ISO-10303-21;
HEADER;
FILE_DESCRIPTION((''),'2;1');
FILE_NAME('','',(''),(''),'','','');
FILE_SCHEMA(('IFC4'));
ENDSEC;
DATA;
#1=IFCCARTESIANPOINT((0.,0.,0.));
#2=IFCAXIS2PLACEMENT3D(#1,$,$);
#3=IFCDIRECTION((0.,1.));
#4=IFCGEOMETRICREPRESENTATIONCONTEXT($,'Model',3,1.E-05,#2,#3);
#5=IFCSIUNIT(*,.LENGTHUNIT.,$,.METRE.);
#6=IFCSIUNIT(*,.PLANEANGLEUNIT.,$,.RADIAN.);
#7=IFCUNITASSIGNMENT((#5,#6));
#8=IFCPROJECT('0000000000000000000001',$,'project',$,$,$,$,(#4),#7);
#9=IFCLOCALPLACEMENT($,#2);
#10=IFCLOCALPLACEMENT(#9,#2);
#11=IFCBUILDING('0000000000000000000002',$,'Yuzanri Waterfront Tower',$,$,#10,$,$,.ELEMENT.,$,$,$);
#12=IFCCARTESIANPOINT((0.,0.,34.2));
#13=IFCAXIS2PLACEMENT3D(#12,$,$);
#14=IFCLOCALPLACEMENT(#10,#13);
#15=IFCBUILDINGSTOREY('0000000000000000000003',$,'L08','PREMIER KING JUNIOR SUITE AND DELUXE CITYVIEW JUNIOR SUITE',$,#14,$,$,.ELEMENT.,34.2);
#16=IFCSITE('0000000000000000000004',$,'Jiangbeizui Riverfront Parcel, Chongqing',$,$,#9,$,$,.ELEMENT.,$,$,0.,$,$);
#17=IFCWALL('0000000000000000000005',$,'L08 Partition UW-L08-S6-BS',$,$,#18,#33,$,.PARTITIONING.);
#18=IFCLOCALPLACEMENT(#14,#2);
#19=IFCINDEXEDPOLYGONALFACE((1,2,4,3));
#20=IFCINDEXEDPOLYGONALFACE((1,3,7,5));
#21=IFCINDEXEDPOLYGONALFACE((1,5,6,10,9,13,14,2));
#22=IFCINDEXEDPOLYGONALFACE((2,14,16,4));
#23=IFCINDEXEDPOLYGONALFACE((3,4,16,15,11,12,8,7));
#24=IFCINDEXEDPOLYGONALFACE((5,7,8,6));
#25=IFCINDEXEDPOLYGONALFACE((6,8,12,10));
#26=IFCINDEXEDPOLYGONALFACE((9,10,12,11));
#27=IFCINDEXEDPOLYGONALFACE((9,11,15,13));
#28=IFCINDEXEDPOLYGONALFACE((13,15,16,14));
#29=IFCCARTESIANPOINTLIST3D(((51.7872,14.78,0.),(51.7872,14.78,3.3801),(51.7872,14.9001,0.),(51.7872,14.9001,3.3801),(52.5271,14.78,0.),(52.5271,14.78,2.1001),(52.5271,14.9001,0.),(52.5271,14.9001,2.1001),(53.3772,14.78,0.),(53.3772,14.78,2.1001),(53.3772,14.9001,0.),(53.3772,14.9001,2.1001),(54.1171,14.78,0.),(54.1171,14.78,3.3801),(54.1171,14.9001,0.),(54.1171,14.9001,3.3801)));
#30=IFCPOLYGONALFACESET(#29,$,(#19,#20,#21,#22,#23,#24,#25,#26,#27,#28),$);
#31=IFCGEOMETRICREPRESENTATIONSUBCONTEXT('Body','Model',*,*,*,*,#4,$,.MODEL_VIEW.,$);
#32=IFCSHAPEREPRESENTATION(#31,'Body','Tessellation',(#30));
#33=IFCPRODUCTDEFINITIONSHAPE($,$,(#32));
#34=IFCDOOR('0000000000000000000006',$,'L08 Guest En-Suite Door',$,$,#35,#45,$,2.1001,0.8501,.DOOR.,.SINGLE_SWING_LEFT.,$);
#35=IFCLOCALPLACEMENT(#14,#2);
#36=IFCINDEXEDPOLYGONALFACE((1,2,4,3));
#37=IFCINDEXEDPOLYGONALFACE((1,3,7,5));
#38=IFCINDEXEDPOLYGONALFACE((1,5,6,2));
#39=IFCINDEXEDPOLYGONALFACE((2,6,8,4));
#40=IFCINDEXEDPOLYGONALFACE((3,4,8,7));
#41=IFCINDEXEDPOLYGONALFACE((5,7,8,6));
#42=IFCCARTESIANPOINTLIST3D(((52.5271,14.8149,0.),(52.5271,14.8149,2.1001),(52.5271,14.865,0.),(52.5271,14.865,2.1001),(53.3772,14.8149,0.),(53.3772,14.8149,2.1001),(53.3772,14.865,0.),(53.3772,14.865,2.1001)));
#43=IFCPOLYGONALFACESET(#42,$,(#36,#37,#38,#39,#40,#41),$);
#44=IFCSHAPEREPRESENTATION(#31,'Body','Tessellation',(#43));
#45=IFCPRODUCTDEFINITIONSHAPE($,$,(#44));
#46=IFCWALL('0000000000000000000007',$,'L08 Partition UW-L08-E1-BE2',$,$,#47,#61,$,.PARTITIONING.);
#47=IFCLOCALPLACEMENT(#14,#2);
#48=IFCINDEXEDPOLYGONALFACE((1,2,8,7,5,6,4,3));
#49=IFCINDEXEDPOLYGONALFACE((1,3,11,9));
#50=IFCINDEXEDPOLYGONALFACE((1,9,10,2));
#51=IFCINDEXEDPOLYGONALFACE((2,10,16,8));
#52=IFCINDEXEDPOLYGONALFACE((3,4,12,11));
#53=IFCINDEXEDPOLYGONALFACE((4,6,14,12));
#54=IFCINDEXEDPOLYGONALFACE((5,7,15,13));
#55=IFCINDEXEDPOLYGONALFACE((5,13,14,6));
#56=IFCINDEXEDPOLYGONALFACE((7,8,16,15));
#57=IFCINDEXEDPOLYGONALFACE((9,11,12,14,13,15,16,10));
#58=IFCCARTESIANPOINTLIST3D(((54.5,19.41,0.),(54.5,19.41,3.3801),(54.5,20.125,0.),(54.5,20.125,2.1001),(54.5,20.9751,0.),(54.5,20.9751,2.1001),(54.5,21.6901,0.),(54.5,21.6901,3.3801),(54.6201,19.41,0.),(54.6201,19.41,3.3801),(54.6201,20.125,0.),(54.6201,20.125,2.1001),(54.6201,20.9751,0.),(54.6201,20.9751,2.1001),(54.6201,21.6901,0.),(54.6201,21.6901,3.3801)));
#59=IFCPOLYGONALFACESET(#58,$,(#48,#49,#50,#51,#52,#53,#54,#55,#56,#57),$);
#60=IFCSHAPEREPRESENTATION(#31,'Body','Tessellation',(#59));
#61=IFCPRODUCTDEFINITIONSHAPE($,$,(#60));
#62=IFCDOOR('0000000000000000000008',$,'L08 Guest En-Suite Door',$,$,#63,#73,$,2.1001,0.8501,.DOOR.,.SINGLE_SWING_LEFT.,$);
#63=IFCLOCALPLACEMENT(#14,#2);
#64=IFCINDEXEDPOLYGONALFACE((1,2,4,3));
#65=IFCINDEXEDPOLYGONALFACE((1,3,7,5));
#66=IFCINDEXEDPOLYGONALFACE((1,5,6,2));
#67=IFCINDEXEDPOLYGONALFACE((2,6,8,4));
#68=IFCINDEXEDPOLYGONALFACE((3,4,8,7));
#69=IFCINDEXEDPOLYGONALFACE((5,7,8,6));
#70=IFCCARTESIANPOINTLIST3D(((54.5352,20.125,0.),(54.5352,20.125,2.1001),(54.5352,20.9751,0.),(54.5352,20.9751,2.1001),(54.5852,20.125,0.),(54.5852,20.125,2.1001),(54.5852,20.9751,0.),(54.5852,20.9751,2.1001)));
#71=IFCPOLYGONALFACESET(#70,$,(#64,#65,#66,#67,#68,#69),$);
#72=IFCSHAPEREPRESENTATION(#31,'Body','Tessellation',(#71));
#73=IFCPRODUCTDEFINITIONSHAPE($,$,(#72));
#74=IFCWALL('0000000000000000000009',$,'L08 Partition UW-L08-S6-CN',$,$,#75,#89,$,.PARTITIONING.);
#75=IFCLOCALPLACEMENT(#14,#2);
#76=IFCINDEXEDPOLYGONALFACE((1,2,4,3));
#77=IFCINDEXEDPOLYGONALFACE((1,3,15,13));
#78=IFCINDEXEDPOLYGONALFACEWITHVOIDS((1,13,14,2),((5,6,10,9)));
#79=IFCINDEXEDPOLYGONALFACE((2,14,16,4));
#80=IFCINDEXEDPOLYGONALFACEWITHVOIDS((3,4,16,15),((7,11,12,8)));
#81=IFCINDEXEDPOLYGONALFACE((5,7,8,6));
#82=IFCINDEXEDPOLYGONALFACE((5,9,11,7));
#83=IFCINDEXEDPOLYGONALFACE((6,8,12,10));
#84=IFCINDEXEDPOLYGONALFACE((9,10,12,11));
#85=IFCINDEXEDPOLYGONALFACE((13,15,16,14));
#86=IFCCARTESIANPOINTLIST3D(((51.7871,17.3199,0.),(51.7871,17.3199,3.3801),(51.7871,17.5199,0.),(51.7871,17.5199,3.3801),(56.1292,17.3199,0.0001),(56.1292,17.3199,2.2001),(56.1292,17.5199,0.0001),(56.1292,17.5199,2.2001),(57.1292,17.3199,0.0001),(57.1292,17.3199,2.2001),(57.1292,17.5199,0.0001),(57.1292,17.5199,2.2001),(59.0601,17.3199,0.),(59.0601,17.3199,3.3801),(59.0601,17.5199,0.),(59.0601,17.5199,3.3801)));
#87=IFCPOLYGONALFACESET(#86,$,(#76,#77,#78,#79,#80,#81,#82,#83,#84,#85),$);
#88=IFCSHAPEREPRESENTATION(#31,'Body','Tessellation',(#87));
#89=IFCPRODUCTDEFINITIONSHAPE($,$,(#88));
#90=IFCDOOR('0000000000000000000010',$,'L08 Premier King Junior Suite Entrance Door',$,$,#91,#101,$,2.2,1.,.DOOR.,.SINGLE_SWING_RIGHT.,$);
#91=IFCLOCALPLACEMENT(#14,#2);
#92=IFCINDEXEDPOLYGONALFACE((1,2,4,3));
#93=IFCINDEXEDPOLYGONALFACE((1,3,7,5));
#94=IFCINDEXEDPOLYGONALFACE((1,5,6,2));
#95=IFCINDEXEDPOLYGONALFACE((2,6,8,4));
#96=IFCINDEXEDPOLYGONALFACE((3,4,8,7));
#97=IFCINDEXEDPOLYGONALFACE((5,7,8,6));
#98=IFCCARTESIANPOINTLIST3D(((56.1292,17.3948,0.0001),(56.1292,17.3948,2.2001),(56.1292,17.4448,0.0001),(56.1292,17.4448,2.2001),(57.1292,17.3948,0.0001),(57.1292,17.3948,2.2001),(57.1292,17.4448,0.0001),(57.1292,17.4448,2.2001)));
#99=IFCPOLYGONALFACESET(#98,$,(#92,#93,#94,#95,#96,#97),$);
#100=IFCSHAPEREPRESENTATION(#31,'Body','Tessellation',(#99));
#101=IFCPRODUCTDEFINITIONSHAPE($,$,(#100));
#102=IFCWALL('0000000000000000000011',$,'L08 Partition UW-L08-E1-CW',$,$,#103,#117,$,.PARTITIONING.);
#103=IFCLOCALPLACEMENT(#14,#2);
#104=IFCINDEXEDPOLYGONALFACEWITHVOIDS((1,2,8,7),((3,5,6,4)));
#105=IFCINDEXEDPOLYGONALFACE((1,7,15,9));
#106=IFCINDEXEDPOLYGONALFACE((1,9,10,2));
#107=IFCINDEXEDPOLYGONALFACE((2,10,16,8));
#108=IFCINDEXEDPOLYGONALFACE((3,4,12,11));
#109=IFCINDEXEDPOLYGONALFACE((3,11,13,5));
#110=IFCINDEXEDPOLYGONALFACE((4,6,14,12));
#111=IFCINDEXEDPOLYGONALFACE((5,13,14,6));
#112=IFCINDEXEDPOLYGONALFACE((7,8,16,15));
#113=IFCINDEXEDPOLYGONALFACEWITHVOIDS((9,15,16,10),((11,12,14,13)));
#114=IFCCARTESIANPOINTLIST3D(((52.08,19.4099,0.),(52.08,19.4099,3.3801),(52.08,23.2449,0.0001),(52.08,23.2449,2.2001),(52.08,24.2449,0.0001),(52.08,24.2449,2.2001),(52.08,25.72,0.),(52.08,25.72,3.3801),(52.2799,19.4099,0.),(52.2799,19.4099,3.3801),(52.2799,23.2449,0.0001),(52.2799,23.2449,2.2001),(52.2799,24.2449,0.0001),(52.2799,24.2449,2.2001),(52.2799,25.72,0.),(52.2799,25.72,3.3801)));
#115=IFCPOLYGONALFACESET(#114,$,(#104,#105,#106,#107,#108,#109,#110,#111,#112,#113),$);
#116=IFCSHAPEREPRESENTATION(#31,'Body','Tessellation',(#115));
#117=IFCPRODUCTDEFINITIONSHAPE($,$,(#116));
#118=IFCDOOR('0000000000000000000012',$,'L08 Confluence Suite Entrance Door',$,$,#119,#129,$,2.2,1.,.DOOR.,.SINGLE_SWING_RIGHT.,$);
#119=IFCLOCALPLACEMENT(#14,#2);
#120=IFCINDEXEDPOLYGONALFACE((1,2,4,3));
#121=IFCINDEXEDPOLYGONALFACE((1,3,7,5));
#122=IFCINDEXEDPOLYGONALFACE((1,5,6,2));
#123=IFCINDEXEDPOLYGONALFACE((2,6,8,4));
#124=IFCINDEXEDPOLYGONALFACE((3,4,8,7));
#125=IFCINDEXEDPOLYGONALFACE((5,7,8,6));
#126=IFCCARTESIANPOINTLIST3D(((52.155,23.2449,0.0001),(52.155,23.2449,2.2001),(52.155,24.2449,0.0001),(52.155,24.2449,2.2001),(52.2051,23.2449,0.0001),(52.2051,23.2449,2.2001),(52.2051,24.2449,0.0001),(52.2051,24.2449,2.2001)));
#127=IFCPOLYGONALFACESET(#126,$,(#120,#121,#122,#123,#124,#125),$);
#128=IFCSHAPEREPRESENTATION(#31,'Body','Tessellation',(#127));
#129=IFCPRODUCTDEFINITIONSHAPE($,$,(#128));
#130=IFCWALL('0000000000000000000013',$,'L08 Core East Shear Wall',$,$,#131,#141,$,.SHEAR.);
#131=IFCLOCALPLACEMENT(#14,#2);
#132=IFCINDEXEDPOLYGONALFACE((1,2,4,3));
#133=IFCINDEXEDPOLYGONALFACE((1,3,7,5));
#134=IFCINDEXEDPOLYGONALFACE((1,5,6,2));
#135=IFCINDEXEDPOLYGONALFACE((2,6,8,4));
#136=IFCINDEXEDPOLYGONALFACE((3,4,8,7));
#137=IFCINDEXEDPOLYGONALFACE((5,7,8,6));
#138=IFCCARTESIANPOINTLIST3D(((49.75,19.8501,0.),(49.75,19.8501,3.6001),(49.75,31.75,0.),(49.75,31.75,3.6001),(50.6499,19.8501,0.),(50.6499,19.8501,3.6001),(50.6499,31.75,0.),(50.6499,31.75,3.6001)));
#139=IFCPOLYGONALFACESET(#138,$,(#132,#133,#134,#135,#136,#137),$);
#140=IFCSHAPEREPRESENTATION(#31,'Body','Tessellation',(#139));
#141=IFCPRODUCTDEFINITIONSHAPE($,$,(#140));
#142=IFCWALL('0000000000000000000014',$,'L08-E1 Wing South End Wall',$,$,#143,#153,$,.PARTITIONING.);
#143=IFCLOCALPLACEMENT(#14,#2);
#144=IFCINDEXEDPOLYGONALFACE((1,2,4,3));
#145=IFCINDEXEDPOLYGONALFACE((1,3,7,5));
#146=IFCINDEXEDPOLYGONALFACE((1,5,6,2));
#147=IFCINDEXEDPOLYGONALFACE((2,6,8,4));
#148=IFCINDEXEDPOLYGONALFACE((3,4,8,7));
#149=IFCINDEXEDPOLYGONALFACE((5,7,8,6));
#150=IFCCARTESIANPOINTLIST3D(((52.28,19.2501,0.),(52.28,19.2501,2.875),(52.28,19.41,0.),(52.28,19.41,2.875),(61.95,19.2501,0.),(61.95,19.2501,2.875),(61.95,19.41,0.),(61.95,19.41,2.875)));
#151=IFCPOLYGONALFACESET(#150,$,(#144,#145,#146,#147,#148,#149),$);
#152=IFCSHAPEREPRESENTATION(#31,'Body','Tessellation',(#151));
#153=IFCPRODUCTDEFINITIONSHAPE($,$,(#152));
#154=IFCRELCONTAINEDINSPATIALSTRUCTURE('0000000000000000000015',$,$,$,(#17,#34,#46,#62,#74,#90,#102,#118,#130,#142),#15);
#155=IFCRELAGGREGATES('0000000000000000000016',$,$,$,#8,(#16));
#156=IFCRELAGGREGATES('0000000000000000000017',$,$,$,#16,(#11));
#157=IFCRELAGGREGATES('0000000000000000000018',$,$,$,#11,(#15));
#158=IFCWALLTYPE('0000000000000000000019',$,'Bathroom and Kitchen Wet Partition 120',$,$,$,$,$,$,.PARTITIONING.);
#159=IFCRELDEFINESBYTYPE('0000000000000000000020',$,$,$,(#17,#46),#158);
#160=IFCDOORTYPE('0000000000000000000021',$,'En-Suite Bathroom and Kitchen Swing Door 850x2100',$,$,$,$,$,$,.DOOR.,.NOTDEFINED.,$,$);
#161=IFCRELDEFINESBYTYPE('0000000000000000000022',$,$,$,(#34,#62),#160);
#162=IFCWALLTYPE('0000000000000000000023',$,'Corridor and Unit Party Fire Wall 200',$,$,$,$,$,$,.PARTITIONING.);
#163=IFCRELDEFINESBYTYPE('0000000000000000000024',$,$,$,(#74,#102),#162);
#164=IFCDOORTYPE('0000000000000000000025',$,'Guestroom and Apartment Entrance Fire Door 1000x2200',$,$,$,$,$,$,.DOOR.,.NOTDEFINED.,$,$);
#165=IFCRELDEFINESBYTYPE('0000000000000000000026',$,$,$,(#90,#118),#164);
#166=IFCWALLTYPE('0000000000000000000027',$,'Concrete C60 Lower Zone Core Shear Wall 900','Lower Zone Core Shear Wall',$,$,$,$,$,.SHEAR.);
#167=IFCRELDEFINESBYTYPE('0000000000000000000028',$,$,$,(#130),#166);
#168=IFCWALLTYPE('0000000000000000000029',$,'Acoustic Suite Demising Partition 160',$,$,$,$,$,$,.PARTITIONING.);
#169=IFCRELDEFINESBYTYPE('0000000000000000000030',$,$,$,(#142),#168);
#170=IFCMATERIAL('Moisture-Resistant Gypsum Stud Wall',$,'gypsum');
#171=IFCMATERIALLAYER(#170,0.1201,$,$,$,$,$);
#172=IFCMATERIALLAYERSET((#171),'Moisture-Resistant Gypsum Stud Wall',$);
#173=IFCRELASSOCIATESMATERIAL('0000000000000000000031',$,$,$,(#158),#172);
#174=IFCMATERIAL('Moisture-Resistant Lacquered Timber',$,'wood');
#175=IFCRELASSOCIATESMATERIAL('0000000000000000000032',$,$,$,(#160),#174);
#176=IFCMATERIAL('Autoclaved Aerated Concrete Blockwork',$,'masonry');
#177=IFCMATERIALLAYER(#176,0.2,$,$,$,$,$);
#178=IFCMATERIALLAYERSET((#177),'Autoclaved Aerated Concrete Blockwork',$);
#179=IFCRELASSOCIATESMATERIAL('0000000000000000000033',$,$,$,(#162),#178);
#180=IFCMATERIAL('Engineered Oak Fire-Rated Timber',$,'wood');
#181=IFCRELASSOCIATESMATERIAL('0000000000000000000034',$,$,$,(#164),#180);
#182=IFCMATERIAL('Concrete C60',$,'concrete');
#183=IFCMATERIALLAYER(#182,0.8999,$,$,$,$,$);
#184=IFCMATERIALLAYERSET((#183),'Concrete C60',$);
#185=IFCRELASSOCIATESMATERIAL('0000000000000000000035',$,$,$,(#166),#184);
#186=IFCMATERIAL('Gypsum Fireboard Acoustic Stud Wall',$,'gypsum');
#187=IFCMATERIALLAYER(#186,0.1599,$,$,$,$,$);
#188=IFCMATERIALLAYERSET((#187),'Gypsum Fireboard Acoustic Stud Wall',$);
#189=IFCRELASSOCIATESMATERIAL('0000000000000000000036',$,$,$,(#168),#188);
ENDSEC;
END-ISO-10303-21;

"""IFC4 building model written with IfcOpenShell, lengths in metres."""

from ifc_helpers import new_model, si_unit, direction, frame, frame_2d, origin, place, context, subcontext, project, spatial, rectangle, extrude, source, transform, mapped, material, layer, layer_set, type_object, element, fill, save


model = new_model("IFC4")

# Units and contexts
model_context = context("Model", 3, precision=1e-05, world=origin(), true_north=direction((0.0, 1.0)))
body_context = subcontext(model_context, "Body", "Model", "MODEL_VIEW")
ifc_project = project(units=[si_unit("LENGTHUNIT", "METRE"), si_unit("PLANEANGLEUNIT", "RADIAN")], contexts=[model_context])

# Site, building, storey
site_placement = place(None, origin())
site = spatial("IfcSite", under=ifc_project, at=site_placement, Name="Jiangbeizui Riverfront Parcel, Chongqing", CompositionType="ELEMENT", RefElevation=0.0)
building_placement = place(site_placement, origin())
building = spatial("IfcBuilding", under=site, at=building_placement, Name="Yuzanri Waterfront Tower", CompositionType="ELEMENT")
storey_placement = place(building_placement, frame((0.0, 0.0, 34.2)))
storey = spatial("IfcBuildingStorey", under=building, at=storey_placement, Name="L08", Description="PREMIER KING JUNIOR SUITE AND DELUXE CITYVIEW JUNIOR SUITE", CompositionType="ELEMENT", Elevation=34.2)

# Walls, openings, doors
ifc_material_1 = material(Name="Moisture-Resistant Gypsum Stud Wall", Category="gypsum")
ifc_layer_1 = layer(ifc_material_1, 0.1201)
ifc_layer_set_1 = layer_set([ifc_layer_1], Name="Moisture-Resistant Gypsum Stud Wall")
wall_type_1 = type_object("IfcWallType", Name="Bathroom and Kitchen Wet Partition 120", PredefinedType="PARTITIONING", material=ifc_layer_set_1)
wall_1_placement = place(storey_placement, frame((51.7871, 14.8401, 0.0), z_axis=(0.0, 0.0, 1.0), x_axis=(1.0, 0.0, 0.0)))
wall_1 = element("IfcWall", 1, at=wall_1_placement, inside=storey, type_object=wall_type_1, Name="L08 Partition UW-L08-S6-BS", PredefinedType="PARTITIONING", context=body_context, shape_type="SweptSolid", body=[
    extrude(rectangle(XDim=2.3298, YDim=0.1201, at=frame_2d((1.165, 0.0))), origin(), (0.0, 0.0, 1.0), 3.3801),
])
opening_1_placement = place(wall_1_placement, frame((0.74, 0.0, 0.0)))
opening_1 = element("IfcOpeningElement", 2, at=opening_1_placement, cuts=wall_1, PredefinedType="OPENING", context=body_context, shape_type="SweptSolid", body=[
    extrude(rectangle(XDim=0.8501, YDim=2.1001, at=frame_2d((0.425, 1.05))), frame((0.0, 0.075, 0.0), z_axis=(0.0, -1.0, 0.0), x_axis=(1.0, 0.0, 0.0)), (0.0, 0.0, 1.0), 0.1499),
])
ifc_material_2 = material(Name="Moisture-Resistant Lacquered Timber", Category="wood")
door_type_1 = type_object("IfcDoorType", Name="En-Suite Bathroom and Kitchen Swing Door 850x2100", OperationType="NOTDEFINED", PredefinedType="DOOR", material=ifc_material_2)
shared_shape_1 = source(origin(), body_context, "Body", "SweptSolid", [
    extrude(rectangle(XDim=0.8501, YDim=2.1001, at=frame_2d((0.425, 1.05))), frame((0.0, 0.0249, 0.0), z_axis=(0.0, -1.0, 0.0), x_axis=(1.0, 0.0, 0.0)), (0.0, 0.0, 1.0), 0.05),
])
door_1_placement = place(opening_1_placement, origin())
door_1 = element("IfcDoor", 3, at=door_1_placement, inside=storey, type_object=door_type_1, Name="L08 Guest En-Suite Door", OperationType="SINGLE_SWING_LEFT", OverallHeight=2.1001, OverallWidth=0.8501, PredefinedType="DOOR", context=body_context, shape_type="MappedRepresentation", body=[
    mapped(shared_shape_1, transform((0.0, 0.0, 0.0), scale=1.0)),
])
fill(opening_1, door_1)
wall_2_placement = place(storey_placement, frame((54.5601, 19.4099, 0.0), z_axis=(0.0, 0.0, 1.0), x_axis=(0.0, 1.0, 0.0)))
wall_2 = element("IfcWall", 4, at=wall_2_placement, inside=storey, type_object=wall_type_1, Name="L08 Partition UW-L08-E1-BE2", PredefinedType="PARTITIONING", context=body_context, shape_type="SweptSolid", body=[
    extrude(rectangle(XDim=2.28, YDim=0.1201, at=frame_2d((1.1401, 0.0))), origin(), (0.0, 0.0, 1.0), 3.3801),
])
opening_2_placement = place(wall_2_placement, frame((0.7151, 0.0, 0.0)))
opening_2 = element("IfcOpeningElement", 5, at=opening_2_placement, cuts=wall_2, PredefinedType="OPENING", context=body_context, shape_type="SweptSolid", body=[
    extrude(rectangle(XDim=0.8501, YDim=2.1001, at=frame_2d((0.425, 1.05))), frame((0.0, 0.075, 0.0), z_axis=(0.0, -1.0, 0.0), x_axis=(1.0, 0.0, 0.0)), (0.0, 0.0, 1.0), 0.1499),
])
door_2_placement = place(opening_2_placement, origin())
door_2 = element("IfcDoor", 6, at=door_2_placement, inside=storey, type_object=door_type_1, Name="L08 Guest En-Suite Door", OperationType="SINGLE_SWING_LEFT", OverallHeight=2.1001, OverallWidth=0.8501, PredefinedType="DOOR", context=body_context, shape_type="MappedRepresentation", body=[
    mapped(shared_shape_1, transform((0.0, 0.0, 0.0), scale=1.0)),
])
fill(opening_2, door_2)
ifc_material_3 = material(Name="Autoclaved Aerated Concrete Blockwork", Category="masonry")
ifc_layer_2 = layer(ifc_material_3, 0.2)
ifc_layer_set_2 = layer_set([ifc_layer_2], Name="Autoclaved Aerated Concrete Blockwork")
wall_type_2 = type_object("IfcWallType", Name="Corridor and Unit Party Fire Wall 200", PredefinedType="PARTITIONING", material=ifc_layer_set_2)
wall_3_placement = place(storey_placement, frame((51.7871, 17.4199, 0.0), z_axis=(0.0, 0.0, 1.0), x_axis=(1.0, 0.0, 0.0)))
wall_3 = element("IfcWall", 7, at=wall_3_placement, inside=storey, type_object=wall_type_2, Name="L08 Partition UW-L08-S6-CN", PredefinedType="PARTITIONING", context=body_context, shape_type="SweptSolid", body=[
    extrude(rectangle(XDim=7.2729, YDim=0.2, at=frame_2d((3.6365, 0.0))), origin(), (0.0, 0.0, 1.0), 3.3801),
])
opening_3_placement = place(wall_3_placement, frame((4.342, 0.0, 0.0)))
opening_3 = element("IfcOpeningElement", 8, at=opening_3_placement, cuts=wall_3, PredefinedType="OPENING", context=body_context, shape_type="SweptSolid", body=[
    extrude(rectangle(XDim=1.0, YDim=2.2, at=frame_2d((0.5, 1.1001))), frame((0.0, 0.1147, 0.0), z_axis=(0.0, -1.0, 0.0), x_axis=(1.0, 0.0, 0.0)), (0.0, 0.0, 1.0), 0.2297),
])
ifc_material_4 = material(Name="Engineered Oak Fire-Rated Timber", Category="wood")
door_type_2 = type_object("IfcDoorType", Name="Guestroom and Apartment Entrance Fire Door 1000x2200", OperationType="NOTDEFINED", PredefinedType="DOOR", material=ifc_material_4)
shared_shape_2 = source(origin(), body_context, "Body", "SweptSolid", [
    extrude(rectangle(XDim=1.0, YDim=2.2, at=frame_2d((0.5, 1.1001))), frame((0.0, 0.0249, 0.0), z_axis=(0.0, -1.0, 0.0), x_axis=(1.0, 0.0, 0.0)), (0.0, 0.0, 1.0), 0.05),
])
door_3_placement = place(opening_3_placement, origin())
door_3 = element("IfcDoor", 9, at=door_3_placement, inside=storey, type_object=door_type_2, Name="L08 Premier King Junior Suite Entrance Door", OperationType="SINGLE_SWING_RIGHT", OverallHeight=2.2, OverallWidth=1.0, PredefinedType="DOOR", context=body_context, shape_type="MappedRepresentation", body=[
    mapped(shared_shape_2, transform((0.0, 0.0, 0.0), scale=1.0)),
])
fill(opening_3, door_3)
wall_4_placement = place(storey_placement, frame((52.1799, 19.4099, 0.0), z_axis=(0.0, 0.0, 1.0), x_axis=(0.0, 1.0, 0.0)))
wall_4 = element("IfcWall", 10, at=wall_4_placement, inside=storey, type_object=wall_type_2, Name="L08 Partition UW-L08-E1-CW", PredefinedType="PARTITIONING", context=body_context, shape_type="SweptSolid", body=[
    extrude(rectangle(XDim=6.3101, YDim=0.2, at=frame_2d((3.155, 0.0))), origin(), (0.0, 0.0, 1.0), 3.3801),
])
opening_4_placement = place(wall_4_placement, frame((3.835, 0.0, 0.0)))
opening_4 = element("IfcOpeningElement", 11, at=opening_4_placement, cuts=wall_4, PredefinedType="OPENING", context=body_context, shape_type="SweptSolid", body=[
    extrude(rectangle(XDim=1.0, YDim=2.2, at=frame_2d((0.5, 1.1001))), frame((0.0, 0.1147, 0.0), z_axis=(0.0, -1.0, 0.0), x_axis=(1.0, 0.0, 0.0)), (0.0, 0.0, 1.0), 0.2297),
])
door_4_placement = place(opening_4_placement, origin())
door_4 = element("IfcDoor", 12, at=door_4_placement, inside=storey, type_object=door_type_2, Name="L08 Confluence Suite Entrance Door", OperationType="SINGLE_SWING_RIGHT", OverallHeight=2.2, OverallWidth=1.0, PredefinedType="DOOR", context=body_context, shape_type="MappedRepresentation", body=[
    mapped(shared_shape_2, transform((0.0, 0.0, 0.0), scale=1.0)),
])
fill(opening_4, door_4)

# Walls
ifc_material_5 = material(Name="Concrete C60", Category="concrete")
ifc_layer_3 = layer(ifc_material_5, 0.8999)
ifc_layer_set_3 = layer_set([ifc_layer_3], Name="Concrete C60")
wall_type_3 = type_object("IfcWallType", Name="Concrete C60 Lower Zone Core Shear Wall 900", Description="Lower Zone Core Shear Wall", PredefinedType="SHEAR", material=ifc_layer_set_3)
shared_shape_3 = source(origin(), body_context, "Body", "SweptSolid", [
    extrude(rectangle(XDim=11.8999, YDim=0.8999, at=frame_2d((5.95, 0.0))), origin(), (0.0, 0.0, 1.0), 3.6001),
])
wall_5_placement = place(storey_placement, frame((50.2, 19.8501, 0.0), z_axis=(0.0, 0.0, 1.0), x_axis=(0.0, 1.0, 0.0)))
element("IfcWall", 13, at=wall_5_placement, inside=storey, type_object=wall_type_3, Name="L08 Core East Shear Wall", PredefinedType="SHEAR", context=body_context, shape_type="MappedRepresentation", body=[
    mapped(shared_shape_3, transform((0.0, 0.0, 0.0), scale=1.0)),
])
ifc_material_6 = material(Name="Gypsum Fireboard Acoustic Stud Wall", Category="gypsum")
ifc_layer_4 = layer(ifc_material_6, 0.1599)
ifc_layer_set_4 = layer_set([ifc_layer_4], Name="Gypsum Fireboard Acoustic Stud Wall")
wall_type_4 = type_object("IfcWallType", Name="Acoustic Suite Demising Partition 160", PredefinedType="PARTITIONING", material=ifc_layer_set_4)
shared_shape_4 = source(origin(), body_context, "Body", "SweptSolid", [
    extrude(rectangle(XDim=9.6699, YDim=0.1599, at=frame_2d((4.835, 0.0))), origin(), (0.0, 0.0, 1.0), 2.875),
])
wall_6_placement = place(storey_placement, frame((52.28, 19.3301, 0.0), z_axis=(0.0, 0.0, 1.0), x_axis=(1.0, 0.0, 0.0)))
element("IfcWall", 14, at=wall_6_placement, inside=storey, type_object=wall_type_4, Name="L08-E1 Wing South End Wall", PredefinedType="PARTITIONING", context=body_context, shape_type="MappedRepresentation", body=[
    mapped(shared_shape_4, transform((0.0, 0.0, 0.0), scale=1.0)),
])

save(model, "model.ifc")
